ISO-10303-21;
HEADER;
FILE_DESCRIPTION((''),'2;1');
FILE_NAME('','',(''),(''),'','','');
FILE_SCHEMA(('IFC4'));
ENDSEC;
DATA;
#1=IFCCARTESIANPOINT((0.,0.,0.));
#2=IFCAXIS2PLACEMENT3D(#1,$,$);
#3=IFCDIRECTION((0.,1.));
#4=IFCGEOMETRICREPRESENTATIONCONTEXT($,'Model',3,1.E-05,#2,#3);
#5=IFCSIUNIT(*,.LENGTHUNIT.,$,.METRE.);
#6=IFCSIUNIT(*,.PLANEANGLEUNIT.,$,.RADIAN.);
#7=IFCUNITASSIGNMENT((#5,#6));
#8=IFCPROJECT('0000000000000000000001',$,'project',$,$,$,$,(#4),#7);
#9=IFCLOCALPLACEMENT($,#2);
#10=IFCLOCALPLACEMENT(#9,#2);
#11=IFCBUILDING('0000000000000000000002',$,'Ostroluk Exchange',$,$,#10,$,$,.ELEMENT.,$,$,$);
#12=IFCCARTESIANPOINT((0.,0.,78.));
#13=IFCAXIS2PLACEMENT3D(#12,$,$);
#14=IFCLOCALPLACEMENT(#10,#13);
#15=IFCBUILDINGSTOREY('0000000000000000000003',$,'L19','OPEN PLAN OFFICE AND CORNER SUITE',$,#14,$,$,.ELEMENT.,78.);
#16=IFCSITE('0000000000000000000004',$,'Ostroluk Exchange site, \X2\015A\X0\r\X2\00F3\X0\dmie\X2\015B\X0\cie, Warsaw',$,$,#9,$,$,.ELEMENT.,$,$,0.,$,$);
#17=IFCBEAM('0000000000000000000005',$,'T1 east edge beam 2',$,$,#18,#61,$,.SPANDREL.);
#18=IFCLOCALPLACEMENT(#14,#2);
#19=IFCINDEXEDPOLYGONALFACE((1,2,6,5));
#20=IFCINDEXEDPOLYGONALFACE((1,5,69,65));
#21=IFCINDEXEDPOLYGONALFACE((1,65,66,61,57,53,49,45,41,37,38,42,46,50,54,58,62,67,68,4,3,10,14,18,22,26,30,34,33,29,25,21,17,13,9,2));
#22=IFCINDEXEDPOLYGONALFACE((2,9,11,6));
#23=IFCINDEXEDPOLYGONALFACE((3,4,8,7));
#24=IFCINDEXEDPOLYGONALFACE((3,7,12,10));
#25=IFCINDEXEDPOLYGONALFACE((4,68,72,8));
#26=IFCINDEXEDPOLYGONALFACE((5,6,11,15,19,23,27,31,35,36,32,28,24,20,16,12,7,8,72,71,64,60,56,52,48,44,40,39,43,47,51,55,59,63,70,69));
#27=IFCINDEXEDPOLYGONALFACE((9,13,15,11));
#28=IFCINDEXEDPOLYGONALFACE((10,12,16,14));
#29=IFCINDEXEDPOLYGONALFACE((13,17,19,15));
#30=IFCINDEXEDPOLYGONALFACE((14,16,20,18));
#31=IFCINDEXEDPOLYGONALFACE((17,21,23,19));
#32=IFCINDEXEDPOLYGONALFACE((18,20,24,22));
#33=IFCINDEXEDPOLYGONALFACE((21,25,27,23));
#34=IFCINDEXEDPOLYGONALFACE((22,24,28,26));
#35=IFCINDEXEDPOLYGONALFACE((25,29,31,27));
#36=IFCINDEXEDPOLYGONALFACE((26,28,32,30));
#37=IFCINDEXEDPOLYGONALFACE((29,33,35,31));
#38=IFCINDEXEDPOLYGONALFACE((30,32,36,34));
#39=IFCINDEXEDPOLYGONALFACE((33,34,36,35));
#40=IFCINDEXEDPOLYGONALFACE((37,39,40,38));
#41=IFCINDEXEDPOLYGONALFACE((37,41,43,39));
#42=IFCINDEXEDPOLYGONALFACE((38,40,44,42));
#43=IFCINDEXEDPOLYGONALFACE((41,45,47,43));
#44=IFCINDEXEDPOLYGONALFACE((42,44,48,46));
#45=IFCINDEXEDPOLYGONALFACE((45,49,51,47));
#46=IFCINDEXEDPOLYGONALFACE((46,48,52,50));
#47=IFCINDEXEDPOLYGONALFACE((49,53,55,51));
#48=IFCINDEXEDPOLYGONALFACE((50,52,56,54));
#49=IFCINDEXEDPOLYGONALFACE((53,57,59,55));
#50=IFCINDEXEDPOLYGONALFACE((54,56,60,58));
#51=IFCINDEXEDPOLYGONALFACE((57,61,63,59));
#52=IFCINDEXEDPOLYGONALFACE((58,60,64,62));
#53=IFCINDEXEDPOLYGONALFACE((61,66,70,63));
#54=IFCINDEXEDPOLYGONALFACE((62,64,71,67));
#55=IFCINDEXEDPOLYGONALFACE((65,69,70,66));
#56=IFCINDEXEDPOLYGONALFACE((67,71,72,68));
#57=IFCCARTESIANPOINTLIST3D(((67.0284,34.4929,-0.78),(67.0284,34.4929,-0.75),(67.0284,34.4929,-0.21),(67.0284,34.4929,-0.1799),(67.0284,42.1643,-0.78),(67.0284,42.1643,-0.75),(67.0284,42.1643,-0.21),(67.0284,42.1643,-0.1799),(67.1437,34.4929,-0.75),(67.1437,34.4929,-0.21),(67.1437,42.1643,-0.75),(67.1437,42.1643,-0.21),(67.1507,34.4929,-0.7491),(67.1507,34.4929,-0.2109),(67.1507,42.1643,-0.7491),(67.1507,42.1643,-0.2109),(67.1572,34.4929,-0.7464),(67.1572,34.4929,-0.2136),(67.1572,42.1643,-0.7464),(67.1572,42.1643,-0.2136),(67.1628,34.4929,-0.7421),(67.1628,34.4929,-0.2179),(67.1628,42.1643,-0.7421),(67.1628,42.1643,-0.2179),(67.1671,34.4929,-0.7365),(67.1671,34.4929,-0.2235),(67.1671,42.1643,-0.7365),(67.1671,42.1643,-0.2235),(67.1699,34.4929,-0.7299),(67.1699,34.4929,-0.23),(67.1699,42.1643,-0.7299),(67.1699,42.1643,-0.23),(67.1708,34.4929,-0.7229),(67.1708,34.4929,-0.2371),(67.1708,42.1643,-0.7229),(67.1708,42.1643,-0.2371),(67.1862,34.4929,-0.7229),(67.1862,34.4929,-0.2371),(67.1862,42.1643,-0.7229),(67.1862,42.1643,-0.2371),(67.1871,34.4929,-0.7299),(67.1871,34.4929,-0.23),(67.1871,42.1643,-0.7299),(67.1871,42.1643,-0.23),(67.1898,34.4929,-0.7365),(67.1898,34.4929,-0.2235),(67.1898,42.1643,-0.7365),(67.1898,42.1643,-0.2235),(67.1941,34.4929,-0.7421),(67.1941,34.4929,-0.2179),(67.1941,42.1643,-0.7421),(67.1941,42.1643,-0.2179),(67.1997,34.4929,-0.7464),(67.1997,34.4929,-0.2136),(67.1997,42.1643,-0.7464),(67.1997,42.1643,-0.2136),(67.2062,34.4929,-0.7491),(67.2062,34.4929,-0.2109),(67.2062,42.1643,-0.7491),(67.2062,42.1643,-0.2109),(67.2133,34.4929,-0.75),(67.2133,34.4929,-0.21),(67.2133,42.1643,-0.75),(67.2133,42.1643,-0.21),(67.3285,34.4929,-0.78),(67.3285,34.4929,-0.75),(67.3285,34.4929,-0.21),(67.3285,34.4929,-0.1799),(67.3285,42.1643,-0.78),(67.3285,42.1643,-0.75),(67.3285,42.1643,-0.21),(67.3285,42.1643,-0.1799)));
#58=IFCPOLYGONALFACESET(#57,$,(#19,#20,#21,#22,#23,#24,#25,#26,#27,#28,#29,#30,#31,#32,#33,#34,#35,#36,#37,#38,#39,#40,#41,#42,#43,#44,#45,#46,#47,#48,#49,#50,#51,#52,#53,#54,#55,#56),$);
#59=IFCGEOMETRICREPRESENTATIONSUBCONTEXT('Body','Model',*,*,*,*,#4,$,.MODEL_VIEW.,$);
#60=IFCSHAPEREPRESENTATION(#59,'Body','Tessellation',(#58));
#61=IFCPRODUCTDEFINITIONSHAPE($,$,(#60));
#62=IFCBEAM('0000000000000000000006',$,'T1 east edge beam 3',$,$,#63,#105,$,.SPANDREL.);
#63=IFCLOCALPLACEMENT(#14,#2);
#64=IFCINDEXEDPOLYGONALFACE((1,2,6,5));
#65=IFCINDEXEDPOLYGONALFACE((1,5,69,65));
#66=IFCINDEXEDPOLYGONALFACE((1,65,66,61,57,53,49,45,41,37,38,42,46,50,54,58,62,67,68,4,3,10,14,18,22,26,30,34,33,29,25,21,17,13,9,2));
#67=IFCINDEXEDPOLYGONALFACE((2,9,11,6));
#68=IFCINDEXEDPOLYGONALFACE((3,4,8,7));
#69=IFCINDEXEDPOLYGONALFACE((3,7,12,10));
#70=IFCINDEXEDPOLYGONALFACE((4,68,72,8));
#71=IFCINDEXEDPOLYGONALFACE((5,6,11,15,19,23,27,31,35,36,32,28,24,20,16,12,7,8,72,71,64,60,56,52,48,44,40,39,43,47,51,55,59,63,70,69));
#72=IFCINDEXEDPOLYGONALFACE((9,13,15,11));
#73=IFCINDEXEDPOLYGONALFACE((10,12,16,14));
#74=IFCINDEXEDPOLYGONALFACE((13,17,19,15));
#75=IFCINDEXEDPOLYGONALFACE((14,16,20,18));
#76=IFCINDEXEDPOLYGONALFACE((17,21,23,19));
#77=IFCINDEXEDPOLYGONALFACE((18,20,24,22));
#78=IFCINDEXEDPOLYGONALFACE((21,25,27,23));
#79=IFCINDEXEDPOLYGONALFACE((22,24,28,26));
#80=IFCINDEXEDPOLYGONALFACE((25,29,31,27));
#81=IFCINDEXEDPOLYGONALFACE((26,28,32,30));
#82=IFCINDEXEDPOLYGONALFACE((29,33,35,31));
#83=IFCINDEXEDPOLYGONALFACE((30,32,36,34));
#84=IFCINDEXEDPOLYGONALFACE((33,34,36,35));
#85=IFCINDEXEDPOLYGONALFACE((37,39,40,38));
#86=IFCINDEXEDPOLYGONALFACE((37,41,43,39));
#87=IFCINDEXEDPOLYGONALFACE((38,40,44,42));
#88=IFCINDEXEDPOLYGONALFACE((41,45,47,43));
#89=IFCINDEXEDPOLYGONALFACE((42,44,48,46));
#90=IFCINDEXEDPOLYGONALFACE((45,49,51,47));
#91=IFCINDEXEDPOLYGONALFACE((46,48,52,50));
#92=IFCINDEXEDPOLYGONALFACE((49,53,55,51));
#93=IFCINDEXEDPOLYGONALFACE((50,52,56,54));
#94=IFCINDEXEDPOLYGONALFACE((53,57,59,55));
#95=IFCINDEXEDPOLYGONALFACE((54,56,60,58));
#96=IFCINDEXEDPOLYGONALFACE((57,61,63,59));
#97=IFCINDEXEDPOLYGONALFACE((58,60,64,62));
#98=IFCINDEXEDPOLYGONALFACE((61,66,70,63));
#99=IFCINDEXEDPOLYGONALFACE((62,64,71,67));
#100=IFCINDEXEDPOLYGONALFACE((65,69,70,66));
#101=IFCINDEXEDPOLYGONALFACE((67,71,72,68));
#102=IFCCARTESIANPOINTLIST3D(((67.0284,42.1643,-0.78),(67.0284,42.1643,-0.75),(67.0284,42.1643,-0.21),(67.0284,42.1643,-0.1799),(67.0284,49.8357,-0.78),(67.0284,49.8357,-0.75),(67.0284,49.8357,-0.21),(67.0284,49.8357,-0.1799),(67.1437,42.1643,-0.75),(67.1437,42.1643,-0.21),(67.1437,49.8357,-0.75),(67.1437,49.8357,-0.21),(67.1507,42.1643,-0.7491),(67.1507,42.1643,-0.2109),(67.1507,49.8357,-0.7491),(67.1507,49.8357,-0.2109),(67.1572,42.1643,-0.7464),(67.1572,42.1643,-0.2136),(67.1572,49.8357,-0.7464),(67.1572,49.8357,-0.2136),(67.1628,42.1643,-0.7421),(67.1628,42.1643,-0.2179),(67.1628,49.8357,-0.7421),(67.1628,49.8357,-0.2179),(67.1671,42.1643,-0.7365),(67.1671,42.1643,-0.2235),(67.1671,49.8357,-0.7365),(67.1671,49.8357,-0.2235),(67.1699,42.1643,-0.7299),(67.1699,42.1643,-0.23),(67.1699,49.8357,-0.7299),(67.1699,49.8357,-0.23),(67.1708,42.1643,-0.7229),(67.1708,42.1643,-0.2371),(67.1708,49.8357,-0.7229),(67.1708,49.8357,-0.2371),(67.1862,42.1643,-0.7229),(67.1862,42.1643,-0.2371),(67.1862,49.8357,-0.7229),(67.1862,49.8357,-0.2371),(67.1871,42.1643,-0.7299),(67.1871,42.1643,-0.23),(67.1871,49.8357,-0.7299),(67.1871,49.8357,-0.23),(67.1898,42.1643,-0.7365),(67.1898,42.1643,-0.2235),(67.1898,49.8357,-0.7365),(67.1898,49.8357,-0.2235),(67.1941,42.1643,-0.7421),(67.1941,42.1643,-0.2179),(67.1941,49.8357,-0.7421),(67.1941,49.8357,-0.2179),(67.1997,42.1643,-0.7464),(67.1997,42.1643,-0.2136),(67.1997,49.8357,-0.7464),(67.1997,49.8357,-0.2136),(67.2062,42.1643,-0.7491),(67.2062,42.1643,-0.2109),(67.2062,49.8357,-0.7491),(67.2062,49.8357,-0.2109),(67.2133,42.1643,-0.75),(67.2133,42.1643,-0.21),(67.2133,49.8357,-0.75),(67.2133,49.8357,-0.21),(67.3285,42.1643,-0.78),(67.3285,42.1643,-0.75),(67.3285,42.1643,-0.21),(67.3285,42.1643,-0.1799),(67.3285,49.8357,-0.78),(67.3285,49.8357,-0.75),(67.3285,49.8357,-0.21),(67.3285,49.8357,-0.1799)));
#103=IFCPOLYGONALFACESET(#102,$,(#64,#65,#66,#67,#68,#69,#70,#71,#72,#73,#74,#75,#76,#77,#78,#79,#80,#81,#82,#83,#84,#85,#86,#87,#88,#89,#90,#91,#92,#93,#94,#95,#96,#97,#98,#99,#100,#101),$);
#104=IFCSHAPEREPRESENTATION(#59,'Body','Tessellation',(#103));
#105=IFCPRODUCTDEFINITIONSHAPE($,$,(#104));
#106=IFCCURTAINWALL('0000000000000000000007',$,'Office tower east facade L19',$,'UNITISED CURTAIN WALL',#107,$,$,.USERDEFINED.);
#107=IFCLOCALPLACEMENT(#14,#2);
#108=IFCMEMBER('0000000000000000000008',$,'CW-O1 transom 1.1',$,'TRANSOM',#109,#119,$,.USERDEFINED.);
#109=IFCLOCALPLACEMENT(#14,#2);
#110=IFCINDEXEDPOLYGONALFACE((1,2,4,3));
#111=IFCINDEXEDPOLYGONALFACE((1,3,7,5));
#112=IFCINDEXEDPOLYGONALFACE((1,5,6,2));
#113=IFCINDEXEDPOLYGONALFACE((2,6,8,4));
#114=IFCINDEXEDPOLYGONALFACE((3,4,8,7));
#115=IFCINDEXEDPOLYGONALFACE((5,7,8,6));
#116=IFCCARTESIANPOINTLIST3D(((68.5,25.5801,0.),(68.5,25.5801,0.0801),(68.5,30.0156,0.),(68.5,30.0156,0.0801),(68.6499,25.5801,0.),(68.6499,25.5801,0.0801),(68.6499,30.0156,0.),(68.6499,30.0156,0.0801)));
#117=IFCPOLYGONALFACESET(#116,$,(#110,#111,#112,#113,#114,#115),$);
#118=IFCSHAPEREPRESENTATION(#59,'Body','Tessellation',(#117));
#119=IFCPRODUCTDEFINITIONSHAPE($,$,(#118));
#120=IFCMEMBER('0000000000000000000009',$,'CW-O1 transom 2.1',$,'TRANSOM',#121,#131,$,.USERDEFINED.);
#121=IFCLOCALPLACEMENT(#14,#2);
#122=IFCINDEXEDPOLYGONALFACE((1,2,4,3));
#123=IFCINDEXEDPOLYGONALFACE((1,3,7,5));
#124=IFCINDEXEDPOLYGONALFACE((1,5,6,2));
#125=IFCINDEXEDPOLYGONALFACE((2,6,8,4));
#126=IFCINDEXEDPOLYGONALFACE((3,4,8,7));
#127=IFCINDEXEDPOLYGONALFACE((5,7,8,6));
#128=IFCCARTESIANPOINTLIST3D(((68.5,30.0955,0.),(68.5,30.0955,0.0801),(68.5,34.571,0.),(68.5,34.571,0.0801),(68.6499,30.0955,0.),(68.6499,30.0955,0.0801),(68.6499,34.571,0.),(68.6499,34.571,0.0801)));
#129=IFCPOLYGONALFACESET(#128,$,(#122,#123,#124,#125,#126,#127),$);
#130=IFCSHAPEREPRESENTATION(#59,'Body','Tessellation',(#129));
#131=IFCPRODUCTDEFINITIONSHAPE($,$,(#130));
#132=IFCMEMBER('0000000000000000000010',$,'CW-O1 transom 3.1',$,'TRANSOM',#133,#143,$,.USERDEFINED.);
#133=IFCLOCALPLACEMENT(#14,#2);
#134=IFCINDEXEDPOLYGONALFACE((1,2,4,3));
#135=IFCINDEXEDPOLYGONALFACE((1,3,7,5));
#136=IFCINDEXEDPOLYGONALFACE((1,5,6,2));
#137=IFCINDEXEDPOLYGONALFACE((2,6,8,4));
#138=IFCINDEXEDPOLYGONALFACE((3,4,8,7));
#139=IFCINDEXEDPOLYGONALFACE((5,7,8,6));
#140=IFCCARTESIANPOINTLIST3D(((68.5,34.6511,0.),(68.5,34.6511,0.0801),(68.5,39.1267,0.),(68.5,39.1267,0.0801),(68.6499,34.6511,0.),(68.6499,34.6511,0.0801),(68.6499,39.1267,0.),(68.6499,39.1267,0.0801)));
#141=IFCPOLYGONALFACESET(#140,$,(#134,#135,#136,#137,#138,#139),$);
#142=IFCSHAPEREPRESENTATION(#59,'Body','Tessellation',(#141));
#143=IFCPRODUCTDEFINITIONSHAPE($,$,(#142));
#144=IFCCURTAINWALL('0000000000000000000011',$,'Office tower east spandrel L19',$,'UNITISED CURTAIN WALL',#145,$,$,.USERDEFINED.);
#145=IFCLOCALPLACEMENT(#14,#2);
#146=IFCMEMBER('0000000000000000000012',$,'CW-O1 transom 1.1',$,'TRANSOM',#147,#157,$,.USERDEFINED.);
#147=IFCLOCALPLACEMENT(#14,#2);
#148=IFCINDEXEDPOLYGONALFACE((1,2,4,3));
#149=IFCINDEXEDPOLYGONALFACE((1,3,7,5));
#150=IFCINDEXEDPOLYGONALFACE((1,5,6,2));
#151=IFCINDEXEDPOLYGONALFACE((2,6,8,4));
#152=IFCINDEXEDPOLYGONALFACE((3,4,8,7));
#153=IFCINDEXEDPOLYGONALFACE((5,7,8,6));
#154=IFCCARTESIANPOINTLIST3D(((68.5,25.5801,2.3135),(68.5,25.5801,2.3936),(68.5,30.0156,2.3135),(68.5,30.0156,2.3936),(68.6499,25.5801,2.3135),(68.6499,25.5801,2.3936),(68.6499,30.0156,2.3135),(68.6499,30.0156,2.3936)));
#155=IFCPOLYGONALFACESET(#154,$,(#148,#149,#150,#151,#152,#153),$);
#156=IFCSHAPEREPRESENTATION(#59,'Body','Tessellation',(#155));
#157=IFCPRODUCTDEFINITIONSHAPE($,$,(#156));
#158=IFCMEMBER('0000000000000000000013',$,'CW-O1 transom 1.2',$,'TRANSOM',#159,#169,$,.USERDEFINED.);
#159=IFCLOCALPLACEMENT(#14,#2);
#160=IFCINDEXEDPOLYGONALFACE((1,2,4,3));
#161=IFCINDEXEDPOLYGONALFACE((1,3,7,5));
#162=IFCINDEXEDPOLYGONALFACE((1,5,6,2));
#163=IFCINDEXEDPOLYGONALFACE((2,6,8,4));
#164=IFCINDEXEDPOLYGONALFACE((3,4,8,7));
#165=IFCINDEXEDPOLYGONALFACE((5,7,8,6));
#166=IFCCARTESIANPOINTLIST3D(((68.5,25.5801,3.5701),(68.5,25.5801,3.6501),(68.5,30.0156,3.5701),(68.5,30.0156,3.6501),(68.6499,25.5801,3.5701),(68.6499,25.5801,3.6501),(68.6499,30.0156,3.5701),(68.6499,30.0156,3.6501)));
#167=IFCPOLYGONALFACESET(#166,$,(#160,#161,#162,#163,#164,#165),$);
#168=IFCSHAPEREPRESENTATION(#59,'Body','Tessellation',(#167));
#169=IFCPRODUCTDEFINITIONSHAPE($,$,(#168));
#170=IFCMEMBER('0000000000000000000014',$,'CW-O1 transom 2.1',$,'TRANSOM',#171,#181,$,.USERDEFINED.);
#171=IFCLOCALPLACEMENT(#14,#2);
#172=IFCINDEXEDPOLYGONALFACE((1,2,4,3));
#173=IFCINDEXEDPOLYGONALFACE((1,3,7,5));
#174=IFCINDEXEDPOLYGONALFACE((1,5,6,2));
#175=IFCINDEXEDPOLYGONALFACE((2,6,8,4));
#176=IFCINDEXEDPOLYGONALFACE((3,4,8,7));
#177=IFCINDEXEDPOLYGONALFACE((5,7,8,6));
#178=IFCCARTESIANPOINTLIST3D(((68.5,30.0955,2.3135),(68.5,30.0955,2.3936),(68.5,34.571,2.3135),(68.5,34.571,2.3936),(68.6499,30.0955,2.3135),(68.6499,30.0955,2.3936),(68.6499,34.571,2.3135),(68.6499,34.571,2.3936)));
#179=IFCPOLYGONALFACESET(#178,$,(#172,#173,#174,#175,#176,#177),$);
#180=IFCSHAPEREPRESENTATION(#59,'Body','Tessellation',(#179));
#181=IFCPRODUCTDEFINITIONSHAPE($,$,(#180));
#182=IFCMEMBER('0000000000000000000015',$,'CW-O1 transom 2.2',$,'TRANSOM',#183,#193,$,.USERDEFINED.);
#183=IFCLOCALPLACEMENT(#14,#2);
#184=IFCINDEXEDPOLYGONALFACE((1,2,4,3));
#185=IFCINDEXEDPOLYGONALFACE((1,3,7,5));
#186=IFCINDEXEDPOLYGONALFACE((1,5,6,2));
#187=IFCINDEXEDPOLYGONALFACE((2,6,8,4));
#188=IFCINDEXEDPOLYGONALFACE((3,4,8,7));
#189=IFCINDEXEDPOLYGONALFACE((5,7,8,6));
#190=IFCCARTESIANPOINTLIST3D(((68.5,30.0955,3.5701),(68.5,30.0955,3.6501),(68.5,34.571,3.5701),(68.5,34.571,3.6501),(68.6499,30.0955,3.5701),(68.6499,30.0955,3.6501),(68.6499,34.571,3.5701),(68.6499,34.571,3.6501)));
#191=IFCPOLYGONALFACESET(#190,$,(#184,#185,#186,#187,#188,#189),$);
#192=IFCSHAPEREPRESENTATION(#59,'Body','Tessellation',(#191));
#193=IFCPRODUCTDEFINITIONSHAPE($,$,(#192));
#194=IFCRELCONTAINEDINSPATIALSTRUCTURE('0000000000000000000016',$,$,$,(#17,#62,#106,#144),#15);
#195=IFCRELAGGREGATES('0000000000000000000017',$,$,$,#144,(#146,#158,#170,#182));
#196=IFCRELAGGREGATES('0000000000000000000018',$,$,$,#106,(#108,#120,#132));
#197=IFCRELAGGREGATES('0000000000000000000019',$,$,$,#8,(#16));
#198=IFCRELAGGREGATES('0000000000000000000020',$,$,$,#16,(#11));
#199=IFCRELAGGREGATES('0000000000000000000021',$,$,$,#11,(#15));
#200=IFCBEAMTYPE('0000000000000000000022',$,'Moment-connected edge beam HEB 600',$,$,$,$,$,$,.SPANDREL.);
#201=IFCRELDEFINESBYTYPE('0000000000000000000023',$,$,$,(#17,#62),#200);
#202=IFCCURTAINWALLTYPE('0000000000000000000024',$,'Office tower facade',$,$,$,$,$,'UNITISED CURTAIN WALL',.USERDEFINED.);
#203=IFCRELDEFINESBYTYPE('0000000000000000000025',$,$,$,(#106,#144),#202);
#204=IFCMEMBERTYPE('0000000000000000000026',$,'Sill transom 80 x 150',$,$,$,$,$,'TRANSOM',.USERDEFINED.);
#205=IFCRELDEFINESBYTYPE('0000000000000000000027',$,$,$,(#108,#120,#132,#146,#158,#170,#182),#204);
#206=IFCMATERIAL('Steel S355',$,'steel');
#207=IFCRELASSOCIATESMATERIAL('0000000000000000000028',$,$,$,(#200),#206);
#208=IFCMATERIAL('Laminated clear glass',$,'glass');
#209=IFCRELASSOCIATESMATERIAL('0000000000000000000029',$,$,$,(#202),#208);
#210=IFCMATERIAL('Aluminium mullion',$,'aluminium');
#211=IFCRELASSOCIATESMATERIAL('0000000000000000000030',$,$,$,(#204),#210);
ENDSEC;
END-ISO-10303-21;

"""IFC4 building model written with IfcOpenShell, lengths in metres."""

from ifc_helpers import new_model, si_unit, direction, frame, origin, origin_2d, place, context, subcontext, project, spatial, rectangle, i_section, extrude, material, material_profile, profile_set, type_object, element, aggregate, save


model = new_model("IFC4")

# Units and contexts
model_context = context("Model", 3, precision=1e-05, world=origin(), true_north=direction((0.0, 1.0)))
body_context = subcontext(model_context, "Body", "Model", "MODEL_VIEW")
ifc_project = project(units=[si_unit("LENGTHUNIT", "METRE"), si_unit("PLANEANGLEUNIT", "RADIAN")], contexts=[model_context])

# Site, building, storey
site_placement = place(None, origin())
site = spatial("IfcSite", under=ifc_project, at=site_placement, Name="Ostroluk Exchange site, Śródmieście, Warsaw", CompositionType="ELEMENT", RefElevation=0.0)
building_placement = place(site_placement, origin())
building = spatial("IfcBuilding", under=site, at=building_placement, Name="Ostroluk Exchange", CompositionType="ELEMENT")
storey_placement = place(building_placement, frame((0.0, 0.0, 78.0)))
storey = spatial("IfcBuildingStorey", under=building, at=storey_placement, Name="L19", Description="OPEN PLAN OFFICE AND CORNER SUITE", CompositionType="ELEMENT", Elevation=78.0)

# Beams
ifc_material_1 = material(Name="Steel S355", Category="steel")
ifc_material_profile_1 = material_profile(ifc_material_1, i_section(OverallWidth=0.3, OverallDepth=0.6001, WebThickness=0.0154, FlangeThickness=0.03, FilletRadius=0.0271, at=origin_2d()), Name="HEB 600")
ifc_profile_set_1 = profile_set([ifc_material_profile_1], Name="Steel S355")
beam_type_1 = type_object("IfcBeamType", Name="Moment-connected edge beam HEB 600", PredefinedType="SPANDREL", material=ifc_profile_set_1)
for number, where, z_axis, x_axis, name in (
    (1, (67.1785, 34.4929, -0.48), (0.0, 1.0, 0.0), (-1.0, 0.0, 0.0), "T1 east edge beam 2"),
    (2, (67.1785, 42.1643, -0.48), (0.0, 1.0, 0.0), (-1.0, 0.0, 0.0), "T1 east edge beam 3"),
):
    element("IfcBeam", number, at=place(storey_placement, frame(where, z_axis=z_axis, x_axis=x_axis)), inside=storey, type_object=beam_type_1, Name=name, PredefinedType="SPANDREL", context=body_context, shape_type="SweptSolid", body=[
        extrude(i_section(OverallWidth=0.3, OverallDepth=0.6001, WebThickness=0.0154, FlangeThickness=0.03, FilletRadius=0.0271, at=origin_2d()), origin(), (0.0, 0.0, 1.0), 7.6714),
    ])

# Curtain wall, members
ifc_material_2 = material(Name="Laminated clear glass", Category="glass")
curtain_wall_type = type_object("IfcCurtainWallType", Name="Office tower facade", ElementType="UNITISED CURTAIN WALL", PredefinedType="USERDEFINED", material=ifc_material_2)
curtain_wall_1_placement = place(storey_placement, origin())
curtain_wall_1 = element("IfcCurtainWall", 3, at=curtain_wall_1_placement, inside=storey, type_object=curtain_wall_type, Name="Office tower east facade L19", ObjectType="UNITISED CURTAIN WALL", PredefinedType="USERDEFINED")
ifc_material_3 = material(Name="Aluminium mullion", Category="aluminium")
ifc_material_profile_2 = material_profile(ifc_material_3, rectangle(XDim=0.1499, YDim=0.0801, at=origin_2d()), Name="Sill transom 80 x 150")
ifc_profile_set_2 = profile_set([ifc_material_profile_2], Name="Aluminium mullion")
member_type = type_object("IfcMemberType", Name="Sill transom 80 x 150", ElementType="TRANSOM", PredefinedType="USERDEFINED", material=ifc_profile_set_2)
member_1_placement = place(storey_placement, frame((68.575, 25.5801, 0.04), z_axis=(0.0, 1.0, 0.0), x_axis=(-1.0, 0.0, 0.0)))
member_1 = element("IfcMember", 4, at=member_1_placement, type_object=member_type, Name="CW-O1 transom 1.1", ObjectType="TRANSOM", PredefinedType="USERDEFINED", context=body_context, shape_type="SweptSolid", body=[
    extrude(rectangle(XDim=0.1499, YDim=0.0801, at=origin_2d()), origin(), (0.0, 0.0, 1.0), 4.4355),
])
member_2_placement = place(storey_placement, frame((68.575, 30.0955, 0.04), z_axis=(0.0, 1.0, 0.0), x_axis=(-1.0, 0.0, 0.0)))
member_2 = element("IfcMember", 5, at=member_2_placement, type_object=member_type, Name="CW-O1 transom 2.1", ObjectType="TRANSOM", PredefinedType="USERDEFINED", context=body_context, shape_type="SweptSolid", body=[
    extrude(rectangle(XDim=0.1499, YDim=0.0801, at=origin_2d()), origin(), (0.0, 0.0, 1.0), 4.4756),
])
member_3_placement = place(storey_placement, frame((68.575, 34.6511, 0.04), z_axis=(0.0, 1.0, 0.0), x_axis=(-1.0, 0.0, 0.0)))
member_3 = element("IfcMember", 6, at=member_3_placement, type_object=member_type, Name="CW-O1 transom 3.1", ObjectType="TRANSOM", PredefinedType="USERDEFINED", context=body_context, shape_type="SweptSolid", body=[
    extrude(rectangle(XDim=0.1499, YDim=0.0801, at=origin_2d()), origin(), (0.0, 0.0, 1.0), 4.4756),
])

# Curtain wall, members
curtain_wall_2_placement = place(storey_placement, origin())
curtain_wall_2 = element("IfcCurtainWall", 7, at=curtain_wall_2_placement, inside=storey, type_object=curtain_wall_type, Name="Office tower east spandrel L19", ObjectType="UNITISED CURTAIN WALL", PredefinedType="USERDEFINED")
member_4_placement = place(storey_placement, frame((68.575, 25.5801, 2.3535), z_axis=(0.0, 1.0, 0.0), x_axis=(-1.0, 0.0, 0.0)))
member_4 = element("IfcMember", 8, at=member_4_placement, type_object=member_type, Name="CW-O1 transom 1.1", ObjectType="TRANSOM", PredefinedType="USERDEFINED", context=body_context, shape_type="SweptSolid", body=[
    extrude(rectangle(XDim=0.1499, YDim=0.0801, at=origin_2d()), origin(), (0.0, 0.0, 1.0), 4.4355),
])
member_5_placement = place(storey_placement, frame((68.575, 25.5801, 3.6101), z_axis=(0.0, 1.0, 0.0), x_axis=(-1.0, 0.0, 0.0)))
member_5 = element("IfcMember", 9, at=member_5_placement, type_object=member_type, Name="CW-O1 transom 1.2", ObjectType="TRANSOM", PredefinedType="USERDEFINED", context=body_context, shape_type="SweptSolid", body=[
    extrude(rectangle(XDim=0.1499, YDim=0.0801, at=origin_2d()), origin(), (0.0, 0.0, 1.0), 4.4355),
])
member_6_placement = place(storey_placement, frame((68.575, 30.0955, 2.3535), z_axis=(0.0, 1.0, 0.0), x_axis=(-1.0, 0.0, 0.0)))
member_6 = element("IfcMember", 10, at=member_6_placement, type_object=member_type, Name="CW-O1 transom 2.1", ObjectType="TRANSOM", PredefinedType="USERDEFINED", context=body_context, shape_type="SweptSolid", body=[
    extrude(rectangle(XDim=0.1499, YDim=0.0801, at=origin_2d()), origin(), (0.0, 0.0, 1.0), 4.4756),
])
member_7_placement = place(storey_placement, frame((68.575, 30.0955, 3.6101), z_axis=(0.0, 1.0, 0.0), x_axis=(-1.0, 0.0, 0.0)))
member_7 = element("IfcMember", 11, at=member_7_placement, type_object=member_type, Name="CW-O1 transom 2.2", ObjectType="TRANSOM", PredefinedType="USERDEFINED", context=body_context, shape_type="SweptSolid", body=[
    extrude(rectangle(XDim=0.1499, YDim=0.0801, at=origin_2d()), origin(), (0.0, 0.0, 1.0), 4.4756),
])
aggregate(curtain_wall_2, [member_4, member_5, member_6, member_7])

aggregate(curtain_wall_1, [member_1, member_2, member_3])

save(model, "model.ifc")
